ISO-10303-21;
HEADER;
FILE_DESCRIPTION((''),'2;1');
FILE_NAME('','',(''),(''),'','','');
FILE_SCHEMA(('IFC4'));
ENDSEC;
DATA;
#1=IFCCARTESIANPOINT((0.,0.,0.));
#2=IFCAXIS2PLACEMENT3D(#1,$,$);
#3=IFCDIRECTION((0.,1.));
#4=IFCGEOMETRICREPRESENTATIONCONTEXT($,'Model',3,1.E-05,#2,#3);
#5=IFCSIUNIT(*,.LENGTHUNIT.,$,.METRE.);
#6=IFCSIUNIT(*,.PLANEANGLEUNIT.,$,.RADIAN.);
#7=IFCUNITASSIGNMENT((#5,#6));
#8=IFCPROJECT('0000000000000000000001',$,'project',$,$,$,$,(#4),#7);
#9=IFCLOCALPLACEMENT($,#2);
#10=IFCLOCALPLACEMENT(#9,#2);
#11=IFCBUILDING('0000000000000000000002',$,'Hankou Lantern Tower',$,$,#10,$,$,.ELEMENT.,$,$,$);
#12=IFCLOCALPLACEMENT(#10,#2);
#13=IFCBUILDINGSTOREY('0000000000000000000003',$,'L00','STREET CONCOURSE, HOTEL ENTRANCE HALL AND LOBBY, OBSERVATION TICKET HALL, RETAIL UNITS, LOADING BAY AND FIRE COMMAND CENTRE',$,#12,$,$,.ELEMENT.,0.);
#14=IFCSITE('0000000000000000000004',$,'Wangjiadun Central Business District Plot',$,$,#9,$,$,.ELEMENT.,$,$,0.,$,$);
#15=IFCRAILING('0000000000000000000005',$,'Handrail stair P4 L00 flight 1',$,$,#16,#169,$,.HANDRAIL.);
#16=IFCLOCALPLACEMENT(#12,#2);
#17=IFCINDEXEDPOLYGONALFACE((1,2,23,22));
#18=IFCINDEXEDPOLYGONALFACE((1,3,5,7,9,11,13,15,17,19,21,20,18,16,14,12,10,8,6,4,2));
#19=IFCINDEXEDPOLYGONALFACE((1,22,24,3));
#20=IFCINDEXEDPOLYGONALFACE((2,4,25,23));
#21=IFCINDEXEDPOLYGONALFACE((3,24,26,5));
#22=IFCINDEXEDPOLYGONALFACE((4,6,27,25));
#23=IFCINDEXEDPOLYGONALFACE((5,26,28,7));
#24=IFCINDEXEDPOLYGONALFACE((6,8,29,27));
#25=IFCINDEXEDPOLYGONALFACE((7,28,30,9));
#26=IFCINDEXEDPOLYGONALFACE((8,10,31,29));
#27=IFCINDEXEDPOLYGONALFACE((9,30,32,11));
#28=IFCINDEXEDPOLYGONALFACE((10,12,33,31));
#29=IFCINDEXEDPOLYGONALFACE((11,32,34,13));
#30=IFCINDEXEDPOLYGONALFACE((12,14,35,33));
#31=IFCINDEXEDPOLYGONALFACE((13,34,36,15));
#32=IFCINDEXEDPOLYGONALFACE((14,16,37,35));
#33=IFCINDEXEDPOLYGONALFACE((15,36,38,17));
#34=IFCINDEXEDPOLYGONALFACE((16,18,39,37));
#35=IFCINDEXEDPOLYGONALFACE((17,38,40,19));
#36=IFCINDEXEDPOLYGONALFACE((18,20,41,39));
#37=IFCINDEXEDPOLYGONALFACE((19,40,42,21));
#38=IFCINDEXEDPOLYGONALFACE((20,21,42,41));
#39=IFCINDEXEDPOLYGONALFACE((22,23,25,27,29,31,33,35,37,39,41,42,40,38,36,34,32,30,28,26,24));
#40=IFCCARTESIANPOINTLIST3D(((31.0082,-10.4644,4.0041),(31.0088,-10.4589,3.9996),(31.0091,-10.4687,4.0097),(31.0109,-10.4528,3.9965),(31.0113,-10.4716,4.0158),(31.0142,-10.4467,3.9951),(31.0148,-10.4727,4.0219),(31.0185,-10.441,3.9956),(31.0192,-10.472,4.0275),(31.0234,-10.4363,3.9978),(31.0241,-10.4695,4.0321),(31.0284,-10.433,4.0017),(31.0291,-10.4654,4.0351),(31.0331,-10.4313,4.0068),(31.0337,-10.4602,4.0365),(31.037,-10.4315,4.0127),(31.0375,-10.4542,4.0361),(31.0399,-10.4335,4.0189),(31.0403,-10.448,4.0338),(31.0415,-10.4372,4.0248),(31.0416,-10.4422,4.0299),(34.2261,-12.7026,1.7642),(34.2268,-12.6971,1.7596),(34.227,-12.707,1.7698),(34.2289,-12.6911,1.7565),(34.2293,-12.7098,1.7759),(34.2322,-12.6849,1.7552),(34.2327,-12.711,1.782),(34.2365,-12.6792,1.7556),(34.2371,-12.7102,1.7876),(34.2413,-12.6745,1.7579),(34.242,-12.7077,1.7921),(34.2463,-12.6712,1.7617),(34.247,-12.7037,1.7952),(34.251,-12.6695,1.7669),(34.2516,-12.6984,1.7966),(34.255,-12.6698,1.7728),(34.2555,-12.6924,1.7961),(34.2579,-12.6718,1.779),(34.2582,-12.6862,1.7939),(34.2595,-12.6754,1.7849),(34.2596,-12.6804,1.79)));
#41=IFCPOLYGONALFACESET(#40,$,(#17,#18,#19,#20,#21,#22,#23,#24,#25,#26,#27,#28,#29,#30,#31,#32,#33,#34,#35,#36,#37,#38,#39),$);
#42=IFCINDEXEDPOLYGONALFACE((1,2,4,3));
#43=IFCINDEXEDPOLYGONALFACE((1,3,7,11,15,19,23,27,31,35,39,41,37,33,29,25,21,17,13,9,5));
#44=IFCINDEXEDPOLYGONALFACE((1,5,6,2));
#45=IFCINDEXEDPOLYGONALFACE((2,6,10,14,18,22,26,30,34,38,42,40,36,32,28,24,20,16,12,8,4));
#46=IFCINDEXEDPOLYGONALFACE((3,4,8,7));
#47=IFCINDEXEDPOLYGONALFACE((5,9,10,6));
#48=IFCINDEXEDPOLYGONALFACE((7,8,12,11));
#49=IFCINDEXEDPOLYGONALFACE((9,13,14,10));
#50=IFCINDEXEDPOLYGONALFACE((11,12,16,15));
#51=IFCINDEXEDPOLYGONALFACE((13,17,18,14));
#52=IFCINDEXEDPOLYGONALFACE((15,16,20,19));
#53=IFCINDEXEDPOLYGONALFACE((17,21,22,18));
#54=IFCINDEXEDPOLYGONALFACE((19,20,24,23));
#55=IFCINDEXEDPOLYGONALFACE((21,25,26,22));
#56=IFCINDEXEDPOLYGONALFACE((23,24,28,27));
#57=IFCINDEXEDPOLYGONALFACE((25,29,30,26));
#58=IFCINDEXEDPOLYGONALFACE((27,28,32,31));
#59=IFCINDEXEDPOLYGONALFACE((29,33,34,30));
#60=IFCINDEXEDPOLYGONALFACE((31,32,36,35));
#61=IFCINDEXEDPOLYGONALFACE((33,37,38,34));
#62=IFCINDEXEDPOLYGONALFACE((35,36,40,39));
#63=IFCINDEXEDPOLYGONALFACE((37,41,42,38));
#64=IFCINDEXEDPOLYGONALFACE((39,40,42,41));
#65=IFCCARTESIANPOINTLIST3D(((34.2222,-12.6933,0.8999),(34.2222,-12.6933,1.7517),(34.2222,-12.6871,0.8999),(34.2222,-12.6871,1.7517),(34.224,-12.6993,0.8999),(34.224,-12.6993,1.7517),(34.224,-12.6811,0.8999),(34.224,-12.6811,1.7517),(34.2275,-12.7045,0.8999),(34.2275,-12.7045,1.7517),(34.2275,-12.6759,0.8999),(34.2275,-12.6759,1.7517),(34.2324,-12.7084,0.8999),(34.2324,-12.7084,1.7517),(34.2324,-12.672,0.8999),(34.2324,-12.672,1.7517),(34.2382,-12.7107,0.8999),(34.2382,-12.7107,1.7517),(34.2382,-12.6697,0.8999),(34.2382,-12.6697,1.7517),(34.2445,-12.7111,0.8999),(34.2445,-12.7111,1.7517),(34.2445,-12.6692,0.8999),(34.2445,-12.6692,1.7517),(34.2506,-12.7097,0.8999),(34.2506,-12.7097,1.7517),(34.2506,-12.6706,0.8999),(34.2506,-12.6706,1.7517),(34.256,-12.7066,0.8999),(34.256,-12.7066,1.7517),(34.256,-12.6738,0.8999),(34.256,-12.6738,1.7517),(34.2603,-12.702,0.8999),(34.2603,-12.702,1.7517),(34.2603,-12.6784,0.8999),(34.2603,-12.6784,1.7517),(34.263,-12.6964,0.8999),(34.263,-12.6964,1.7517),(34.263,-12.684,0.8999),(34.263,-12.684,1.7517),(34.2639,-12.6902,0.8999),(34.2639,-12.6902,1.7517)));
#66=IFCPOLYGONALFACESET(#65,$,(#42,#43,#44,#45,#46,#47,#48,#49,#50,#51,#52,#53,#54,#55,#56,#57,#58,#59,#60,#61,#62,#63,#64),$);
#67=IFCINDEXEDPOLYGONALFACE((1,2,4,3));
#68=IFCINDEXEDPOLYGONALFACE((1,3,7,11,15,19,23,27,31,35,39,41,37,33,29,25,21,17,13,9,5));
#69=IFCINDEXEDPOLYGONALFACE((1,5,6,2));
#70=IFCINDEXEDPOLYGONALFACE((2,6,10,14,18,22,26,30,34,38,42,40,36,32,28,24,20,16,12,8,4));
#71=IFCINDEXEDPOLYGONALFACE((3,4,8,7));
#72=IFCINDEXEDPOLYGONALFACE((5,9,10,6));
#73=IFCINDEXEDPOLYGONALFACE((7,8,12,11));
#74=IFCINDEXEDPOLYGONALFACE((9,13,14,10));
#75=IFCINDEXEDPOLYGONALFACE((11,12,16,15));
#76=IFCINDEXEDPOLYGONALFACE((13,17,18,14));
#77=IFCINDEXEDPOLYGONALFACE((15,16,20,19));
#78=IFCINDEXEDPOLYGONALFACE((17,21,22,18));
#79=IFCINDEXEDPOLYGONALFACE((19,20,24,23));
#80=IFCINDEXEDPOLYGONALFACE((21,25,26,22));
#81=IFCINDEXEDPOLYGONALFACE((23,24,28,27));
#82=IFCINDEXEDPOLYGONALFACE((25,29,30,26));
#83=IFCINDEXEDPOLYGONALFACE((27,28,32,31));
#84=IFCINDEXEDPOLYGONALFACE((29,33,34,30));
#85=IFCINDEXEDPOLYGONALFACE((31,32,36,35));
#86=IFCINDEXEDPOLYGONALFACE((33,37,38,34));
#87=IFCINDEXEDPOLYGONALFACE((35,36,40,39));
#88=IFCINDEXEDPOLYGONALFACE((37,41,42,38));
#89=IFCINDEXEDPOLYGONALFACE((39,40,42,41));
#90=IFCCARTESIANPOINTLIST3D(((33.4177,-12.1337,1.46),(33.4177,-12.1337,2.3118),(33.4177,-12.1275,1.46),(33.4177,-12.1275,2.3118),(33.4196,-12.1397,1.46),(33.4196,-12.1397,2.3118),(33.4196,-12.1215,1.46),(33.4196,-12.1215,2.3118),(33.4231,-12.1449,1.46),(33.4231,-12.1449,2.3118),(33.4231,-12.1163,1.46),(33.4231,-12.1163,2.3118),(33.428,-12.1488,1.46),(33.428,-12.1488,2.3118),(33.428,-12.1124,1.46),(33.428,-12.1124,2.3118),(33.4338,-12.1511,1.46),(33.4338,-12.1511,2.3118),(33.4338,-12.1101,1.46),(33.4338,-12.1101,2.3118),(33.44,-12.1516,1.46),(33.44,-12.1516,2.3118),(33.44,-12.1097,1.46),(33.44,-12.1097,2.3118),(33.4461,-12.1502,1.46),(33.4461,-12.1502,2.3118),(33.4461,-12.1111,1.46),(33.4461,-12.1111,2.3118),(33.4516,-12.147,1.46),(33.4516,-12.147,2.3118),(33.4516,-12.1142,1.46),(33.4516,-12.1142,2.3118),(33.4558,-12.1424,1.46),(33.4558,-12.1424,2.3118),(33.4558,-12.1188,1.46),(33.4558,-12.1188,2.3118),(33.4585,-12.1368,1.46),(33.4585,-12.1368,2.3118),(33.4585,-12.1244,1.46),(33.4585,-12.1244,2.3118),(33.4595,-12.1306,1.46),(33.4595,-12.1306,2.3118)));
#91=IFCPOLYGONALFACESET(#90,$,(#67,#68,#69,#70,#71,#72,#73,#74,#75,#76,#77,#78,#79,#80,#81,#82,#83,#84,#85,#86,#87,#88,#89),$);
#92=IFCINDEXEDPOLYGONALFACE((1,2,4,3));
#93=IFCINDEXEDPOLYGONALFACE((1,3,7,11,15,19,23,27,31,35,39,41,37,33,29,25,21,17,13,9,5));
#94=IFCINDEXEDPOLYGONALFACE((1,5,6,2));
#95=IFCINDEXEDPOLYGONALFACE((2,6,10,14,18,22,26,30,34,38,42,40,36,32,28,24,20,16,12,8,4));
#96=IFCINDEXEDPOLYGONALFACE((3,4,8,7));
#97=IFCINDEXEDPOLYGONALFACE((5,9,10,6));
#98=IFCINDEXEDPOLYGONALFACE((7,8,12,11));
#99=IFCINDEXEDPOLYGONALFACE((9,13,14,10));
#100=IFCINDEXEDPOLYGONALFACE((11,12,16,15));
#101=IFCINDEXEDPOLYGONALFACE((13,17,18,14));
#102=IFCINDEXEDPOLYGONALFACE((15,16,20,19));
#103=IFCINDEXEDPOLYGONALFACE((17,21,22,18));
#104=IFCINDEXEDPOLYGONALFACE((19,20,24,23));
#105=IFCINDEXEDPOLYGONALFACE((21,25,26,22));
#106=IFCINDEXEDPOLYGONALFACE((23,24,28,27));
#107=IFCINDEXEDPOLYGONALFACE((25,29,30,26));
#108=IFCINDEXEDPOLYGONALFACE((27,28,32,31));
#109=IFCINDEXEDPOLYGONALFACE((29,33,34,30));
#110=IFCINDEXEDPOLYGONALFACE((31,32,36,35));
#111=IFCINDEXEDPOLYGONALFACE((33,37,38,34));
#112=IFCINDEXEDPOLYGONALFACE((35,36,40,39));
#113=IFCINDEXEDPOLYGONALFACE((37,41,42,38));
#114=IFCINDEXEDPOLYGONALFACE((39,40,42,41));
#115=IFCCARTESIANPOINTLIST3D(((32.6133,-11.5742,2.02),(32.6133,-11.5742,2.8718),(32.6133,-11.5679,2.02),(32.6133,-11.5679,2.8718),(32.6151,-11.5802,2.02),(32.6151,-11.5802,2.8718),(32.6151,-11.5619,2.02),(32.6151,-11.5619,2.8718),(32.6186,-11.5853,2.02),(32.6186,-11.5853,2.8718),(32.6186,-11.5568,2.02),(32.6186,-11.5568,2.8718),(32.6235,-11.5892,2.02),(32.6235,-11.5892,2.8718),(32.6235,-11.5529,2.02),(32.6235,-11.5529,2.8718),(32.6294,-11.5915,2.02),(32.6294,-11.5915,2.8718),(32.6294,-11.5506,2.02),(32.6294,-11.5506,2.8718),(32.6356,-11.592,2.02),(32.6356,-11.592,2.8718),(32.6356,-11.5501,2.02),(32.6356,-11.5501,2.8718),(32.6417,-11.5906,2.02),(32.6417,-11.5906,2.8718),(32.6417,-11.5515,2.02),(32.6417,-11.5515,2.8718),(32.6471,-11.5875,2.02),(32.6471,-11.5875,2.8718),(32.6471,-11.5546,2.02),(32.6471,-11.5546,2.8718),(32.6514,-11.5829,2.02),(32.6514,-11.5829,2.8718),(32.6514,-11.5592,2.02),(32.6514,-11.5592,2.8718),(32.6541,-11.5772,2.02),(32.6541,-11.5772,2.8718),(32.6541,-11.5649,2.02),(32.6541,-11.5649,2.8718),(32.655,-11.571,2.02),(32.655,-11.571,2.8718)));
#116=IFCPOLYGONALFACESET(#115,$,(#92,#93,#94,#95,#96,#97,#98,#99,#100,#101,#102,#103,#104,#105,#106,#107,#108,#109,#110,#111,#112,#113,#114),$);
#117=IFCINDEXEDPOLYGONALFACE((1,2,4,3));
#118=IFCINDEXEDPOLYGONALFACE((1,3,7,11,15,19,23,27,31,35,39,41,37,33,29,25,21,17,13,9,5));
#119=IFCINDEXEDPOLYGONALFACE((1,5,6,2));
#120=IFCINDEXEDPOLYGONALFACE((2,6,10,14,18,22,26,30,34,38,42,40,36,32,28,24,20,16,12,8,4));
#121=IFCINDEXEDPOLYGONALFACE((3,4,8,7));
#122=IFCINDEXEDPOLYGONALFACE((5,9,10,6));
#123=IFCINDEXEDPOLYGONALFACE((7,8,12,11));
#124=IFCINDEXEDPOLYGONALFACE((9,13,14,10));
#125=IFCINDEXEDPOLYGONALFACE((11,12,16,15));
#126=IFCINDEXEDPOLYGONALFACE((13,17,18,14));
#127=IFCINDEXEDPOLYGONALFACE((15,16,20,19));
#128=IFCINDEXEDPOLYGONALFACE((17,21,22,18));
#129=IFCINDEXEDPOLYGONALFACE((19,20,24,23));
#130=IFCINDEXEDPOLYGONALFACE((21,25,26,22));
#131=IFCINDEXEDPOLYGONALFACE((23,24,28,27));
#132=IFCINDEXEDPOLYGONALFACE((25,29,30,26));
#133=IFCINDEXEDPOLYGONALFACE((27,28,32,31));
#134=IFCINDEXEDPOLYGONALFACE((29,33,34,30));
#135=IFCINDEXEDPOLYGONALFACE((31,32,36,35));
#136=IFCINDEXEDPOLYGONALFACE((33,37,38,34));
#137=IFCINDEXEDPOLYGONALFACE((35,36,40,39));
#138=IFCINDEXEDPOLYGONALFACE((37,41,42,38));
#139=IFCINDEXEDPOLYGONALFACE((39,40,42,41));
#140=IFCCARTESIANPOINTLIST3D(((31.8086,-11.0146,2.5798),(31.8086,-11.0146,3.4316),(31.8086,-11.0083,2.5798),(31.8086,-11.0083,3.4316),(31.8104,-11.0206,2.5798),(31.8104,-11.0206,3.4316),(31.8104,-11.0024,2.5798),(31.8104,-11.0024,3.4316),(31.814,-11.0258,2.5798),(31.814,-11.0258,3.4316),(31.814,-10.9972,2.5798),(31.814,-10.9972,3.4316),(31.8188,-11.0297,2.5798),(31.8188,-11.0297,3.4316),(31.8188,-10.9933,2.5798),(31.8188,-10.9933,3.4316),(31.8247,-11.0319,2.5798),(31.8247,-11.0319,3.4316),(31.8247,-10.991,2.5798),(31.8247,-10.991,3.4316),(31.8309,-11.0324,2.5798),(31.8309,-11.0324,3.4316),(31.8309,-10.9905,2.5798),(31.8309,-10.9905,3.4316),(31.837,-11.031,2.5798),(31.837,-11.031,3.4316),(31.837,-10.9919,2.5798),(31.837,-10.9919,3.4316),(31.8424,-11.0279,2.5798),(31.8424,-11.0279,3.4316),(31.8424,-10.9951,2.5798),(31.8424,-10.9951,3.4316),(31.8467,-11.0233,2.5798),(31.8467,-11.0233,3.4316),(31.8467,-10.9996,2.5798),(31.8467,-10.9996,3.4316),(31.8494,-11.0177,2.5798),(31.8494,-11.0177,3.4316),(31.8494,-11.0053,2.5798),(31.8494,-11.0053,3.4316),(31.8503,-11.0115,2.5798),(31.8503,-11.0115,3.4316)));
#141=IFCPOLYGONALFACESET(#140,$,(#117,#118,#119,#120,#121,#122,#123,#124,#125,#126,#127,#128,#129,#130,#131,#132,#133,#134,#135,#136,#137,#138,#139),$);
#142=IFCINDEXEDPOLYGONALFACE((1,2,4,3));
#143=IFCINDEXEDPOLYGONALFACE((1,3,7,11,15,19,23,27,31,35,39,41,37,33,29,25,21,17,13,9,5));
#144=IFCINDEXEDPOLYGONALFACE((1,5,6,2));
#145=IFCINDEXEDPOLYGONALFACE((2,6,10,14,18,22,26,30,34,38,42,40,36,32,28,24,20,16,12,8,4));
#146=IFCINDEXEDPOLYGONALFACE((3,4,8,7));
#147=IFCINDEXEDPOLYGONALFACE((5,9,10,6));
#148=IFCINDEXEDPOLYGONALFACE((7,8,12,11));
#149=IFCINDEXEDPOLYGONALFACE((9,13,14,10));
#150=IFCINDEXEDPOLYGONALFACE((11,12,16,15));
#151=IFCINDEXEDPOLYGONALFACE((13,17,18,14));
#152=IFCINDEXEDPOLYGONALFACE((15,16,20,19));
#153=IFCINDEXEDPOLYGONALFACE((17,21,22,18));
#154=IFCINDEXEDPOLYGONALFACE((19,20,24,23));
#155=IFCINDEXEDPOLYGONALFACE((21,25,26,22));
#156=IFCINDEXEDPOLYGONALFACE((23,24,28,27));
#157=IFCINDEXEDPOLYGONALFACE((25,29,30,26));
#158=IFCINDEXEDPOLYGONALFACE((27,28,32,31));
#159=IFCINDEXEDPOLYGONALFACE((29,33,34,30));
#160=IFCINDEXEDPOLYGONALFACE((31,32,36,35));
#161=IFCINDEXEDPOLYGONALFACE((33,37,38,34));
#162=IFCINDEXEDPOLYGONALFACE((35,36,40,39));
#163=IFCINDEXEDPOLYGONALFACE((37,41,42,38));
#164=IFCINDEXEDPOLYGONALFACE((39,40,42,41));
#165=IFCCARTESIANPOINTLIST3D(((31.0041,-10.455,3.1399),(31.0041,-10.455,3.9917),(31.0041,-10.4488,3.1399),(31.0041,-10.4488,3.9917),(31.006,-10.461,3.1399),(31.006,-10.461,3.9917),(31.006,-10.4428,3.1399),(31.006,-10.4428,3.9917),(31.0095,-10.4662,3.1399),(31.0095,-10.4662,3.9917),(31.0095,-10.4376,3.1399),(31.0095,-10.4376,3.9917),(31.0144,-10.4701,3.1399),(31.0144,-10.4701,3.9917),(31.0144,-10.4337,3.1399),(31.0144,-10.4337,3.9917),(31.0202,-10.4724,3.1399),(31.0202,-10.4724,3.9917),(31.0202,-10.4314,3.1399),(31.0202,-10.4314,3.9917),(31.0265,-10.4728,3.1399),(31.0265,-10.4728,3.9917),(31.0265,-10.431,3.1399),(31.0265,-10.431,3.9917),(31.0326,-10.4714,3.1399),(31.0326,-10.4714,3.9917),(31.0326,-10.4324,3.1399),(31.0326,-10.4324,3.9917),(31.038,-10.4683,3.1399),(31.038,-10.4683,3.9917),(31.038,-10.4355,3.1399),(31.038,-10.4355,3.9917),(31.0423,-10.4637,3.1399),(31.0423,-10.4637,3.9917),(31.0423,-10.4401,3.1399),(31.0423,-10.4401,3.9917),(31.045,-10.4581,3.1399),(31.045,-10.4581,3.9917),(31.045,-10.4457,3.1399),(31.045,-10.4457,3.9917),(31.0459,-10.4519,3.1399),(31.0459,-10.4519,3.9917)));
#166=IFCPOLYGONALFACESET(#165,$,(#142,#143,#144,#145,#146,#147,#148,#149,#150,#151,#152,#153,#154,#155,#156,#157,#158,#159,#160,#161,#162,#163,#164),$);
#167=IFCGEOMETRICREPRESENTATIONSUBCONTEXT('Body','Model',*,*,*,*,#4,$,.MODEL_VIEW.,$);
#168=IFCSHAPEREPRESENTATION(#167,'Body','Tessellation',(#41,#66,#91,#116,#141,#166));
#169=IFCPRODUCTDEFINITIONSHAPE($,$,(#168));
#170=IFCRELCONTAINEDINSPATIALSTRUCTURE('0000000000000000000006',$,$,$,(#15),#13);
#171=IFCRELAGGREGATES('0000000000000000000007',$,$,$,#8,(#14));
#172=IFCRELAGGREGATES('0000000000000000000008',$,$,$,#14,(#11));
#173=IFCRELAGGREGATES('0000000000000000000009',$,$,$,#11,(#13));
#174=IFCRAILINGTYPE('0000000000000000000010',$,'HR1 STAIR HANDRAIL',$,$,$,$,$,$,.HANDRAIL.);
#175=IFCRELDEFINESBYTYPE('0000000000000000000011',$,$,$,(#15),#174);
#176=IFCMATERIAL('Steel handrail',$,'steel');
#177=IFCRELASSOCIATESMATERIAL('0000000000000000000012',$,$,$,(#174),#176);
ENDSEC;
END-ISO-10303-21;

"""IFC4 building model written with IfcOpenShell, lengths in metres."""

from ifc_helpers import new_model, si_unit, direction, frame, origin, origin_2d, place, context, subcontext, project, spatial, circle, extrude, material, type_object, element, save


model = new_model("IFC4")

# Units and contexts
model_context = context("Model", 3, precision=1e-05, world=origin(), true_north=direction((0.0, 1.0)))
body_context = subcontext(model_context, "Body", "Model", "MODEL_VIEW")
ifc_project = project(units=[si_unit("LENGTHUNIT", "METRE"), si_unit("PLANEANGLEUNIT", "RADIAN")], contexts=[model_context])

# Site, building, storey
site_placement = place(None, origin())
site = spatial("IfcSite", under=ifc_project, at=site_placement, Name="Wangjiadun Central Business District Plot", CompositionType="ELEMENT", RefElevation=0.0)
building_placement = place(site_placement, origin())
building = spatial("IfcBuilding", under=site, at=building_placement, Name="Hankou Lantern Tower", CompositionType="ELEMENT")
storey_placement = place(building_placement, origin())
storey = spatial("IfcBuildingStorey", under=building, at=storey_placement, Name="L00", Description="STREET CONCOURSE, HOTEL ENTRANCE HALL AND LOBBY, OBSERVATION TICKET HALL, RETAIL UNITS, LOADING BAY AND FIRE COMMAND CENTRE", CompositionType="ELEMENT", Elevation=0.0)

# Railing
ifc_material_1 = material(Name="Steel handrail", Category="steel")
railing_type = type_object("IfcRailingType", Name="HR1 STAIR HANDRAIL", PredefinedType="HANDRAIL", material=ifc_material_1)
for number, where, name in (
    (1, (34.2429, -12.6902, 0.8999), "Handrail stair P4 L00 flight 1"),
):
    element("IfcRailing", number, at=place(storey_placement, frame(where)), inside=storey, type_object=railing_type, Name=name, PredefinedType="HANDRAIL", context=body_context, shape_type="SweptSolid", body=[
        extrude(circle(Radius=0.0239, at=origin_2d()), frame((0.0, 0.0, 0.876), z_axis=(-0.712776, 0.495769, 0.496148), x_axis=(-0.571006, -0.820946, 0.0)), (0.0, 0.0, 1.0), 4.5146),
        extrude(circle(Radius=0.021, at=origin_2d()), origin(), (0.0, 0.0, 1.0), 0.8518),
        extrude(circle(Radius=0.021, at=origin_2d()), frame((-0.8044, 0.5596, 0.5601)), (0.0, 0.0, 1.0), 0.8518),
        extrude(circle(Radius=0.021, at=origin_2d()), frame((-1.6089, 1.1191, 1.1201)), (0.0, 0.0, 1.0), 0.8518),
        extrude(circle(Radius=0.021, at=origin_2d()), frame((-2.4136, 1.6787, 1.6799)), (0.0, 0.0, 1.0), 0.8518),
        extrude(circle(Radius=0.021, at=origin_2d()), frame((-3.218, 2.2383, 2.24)), (0.0, 0.0, 1.0), 0.8518),
    ])

save(model, "model.ifc")
